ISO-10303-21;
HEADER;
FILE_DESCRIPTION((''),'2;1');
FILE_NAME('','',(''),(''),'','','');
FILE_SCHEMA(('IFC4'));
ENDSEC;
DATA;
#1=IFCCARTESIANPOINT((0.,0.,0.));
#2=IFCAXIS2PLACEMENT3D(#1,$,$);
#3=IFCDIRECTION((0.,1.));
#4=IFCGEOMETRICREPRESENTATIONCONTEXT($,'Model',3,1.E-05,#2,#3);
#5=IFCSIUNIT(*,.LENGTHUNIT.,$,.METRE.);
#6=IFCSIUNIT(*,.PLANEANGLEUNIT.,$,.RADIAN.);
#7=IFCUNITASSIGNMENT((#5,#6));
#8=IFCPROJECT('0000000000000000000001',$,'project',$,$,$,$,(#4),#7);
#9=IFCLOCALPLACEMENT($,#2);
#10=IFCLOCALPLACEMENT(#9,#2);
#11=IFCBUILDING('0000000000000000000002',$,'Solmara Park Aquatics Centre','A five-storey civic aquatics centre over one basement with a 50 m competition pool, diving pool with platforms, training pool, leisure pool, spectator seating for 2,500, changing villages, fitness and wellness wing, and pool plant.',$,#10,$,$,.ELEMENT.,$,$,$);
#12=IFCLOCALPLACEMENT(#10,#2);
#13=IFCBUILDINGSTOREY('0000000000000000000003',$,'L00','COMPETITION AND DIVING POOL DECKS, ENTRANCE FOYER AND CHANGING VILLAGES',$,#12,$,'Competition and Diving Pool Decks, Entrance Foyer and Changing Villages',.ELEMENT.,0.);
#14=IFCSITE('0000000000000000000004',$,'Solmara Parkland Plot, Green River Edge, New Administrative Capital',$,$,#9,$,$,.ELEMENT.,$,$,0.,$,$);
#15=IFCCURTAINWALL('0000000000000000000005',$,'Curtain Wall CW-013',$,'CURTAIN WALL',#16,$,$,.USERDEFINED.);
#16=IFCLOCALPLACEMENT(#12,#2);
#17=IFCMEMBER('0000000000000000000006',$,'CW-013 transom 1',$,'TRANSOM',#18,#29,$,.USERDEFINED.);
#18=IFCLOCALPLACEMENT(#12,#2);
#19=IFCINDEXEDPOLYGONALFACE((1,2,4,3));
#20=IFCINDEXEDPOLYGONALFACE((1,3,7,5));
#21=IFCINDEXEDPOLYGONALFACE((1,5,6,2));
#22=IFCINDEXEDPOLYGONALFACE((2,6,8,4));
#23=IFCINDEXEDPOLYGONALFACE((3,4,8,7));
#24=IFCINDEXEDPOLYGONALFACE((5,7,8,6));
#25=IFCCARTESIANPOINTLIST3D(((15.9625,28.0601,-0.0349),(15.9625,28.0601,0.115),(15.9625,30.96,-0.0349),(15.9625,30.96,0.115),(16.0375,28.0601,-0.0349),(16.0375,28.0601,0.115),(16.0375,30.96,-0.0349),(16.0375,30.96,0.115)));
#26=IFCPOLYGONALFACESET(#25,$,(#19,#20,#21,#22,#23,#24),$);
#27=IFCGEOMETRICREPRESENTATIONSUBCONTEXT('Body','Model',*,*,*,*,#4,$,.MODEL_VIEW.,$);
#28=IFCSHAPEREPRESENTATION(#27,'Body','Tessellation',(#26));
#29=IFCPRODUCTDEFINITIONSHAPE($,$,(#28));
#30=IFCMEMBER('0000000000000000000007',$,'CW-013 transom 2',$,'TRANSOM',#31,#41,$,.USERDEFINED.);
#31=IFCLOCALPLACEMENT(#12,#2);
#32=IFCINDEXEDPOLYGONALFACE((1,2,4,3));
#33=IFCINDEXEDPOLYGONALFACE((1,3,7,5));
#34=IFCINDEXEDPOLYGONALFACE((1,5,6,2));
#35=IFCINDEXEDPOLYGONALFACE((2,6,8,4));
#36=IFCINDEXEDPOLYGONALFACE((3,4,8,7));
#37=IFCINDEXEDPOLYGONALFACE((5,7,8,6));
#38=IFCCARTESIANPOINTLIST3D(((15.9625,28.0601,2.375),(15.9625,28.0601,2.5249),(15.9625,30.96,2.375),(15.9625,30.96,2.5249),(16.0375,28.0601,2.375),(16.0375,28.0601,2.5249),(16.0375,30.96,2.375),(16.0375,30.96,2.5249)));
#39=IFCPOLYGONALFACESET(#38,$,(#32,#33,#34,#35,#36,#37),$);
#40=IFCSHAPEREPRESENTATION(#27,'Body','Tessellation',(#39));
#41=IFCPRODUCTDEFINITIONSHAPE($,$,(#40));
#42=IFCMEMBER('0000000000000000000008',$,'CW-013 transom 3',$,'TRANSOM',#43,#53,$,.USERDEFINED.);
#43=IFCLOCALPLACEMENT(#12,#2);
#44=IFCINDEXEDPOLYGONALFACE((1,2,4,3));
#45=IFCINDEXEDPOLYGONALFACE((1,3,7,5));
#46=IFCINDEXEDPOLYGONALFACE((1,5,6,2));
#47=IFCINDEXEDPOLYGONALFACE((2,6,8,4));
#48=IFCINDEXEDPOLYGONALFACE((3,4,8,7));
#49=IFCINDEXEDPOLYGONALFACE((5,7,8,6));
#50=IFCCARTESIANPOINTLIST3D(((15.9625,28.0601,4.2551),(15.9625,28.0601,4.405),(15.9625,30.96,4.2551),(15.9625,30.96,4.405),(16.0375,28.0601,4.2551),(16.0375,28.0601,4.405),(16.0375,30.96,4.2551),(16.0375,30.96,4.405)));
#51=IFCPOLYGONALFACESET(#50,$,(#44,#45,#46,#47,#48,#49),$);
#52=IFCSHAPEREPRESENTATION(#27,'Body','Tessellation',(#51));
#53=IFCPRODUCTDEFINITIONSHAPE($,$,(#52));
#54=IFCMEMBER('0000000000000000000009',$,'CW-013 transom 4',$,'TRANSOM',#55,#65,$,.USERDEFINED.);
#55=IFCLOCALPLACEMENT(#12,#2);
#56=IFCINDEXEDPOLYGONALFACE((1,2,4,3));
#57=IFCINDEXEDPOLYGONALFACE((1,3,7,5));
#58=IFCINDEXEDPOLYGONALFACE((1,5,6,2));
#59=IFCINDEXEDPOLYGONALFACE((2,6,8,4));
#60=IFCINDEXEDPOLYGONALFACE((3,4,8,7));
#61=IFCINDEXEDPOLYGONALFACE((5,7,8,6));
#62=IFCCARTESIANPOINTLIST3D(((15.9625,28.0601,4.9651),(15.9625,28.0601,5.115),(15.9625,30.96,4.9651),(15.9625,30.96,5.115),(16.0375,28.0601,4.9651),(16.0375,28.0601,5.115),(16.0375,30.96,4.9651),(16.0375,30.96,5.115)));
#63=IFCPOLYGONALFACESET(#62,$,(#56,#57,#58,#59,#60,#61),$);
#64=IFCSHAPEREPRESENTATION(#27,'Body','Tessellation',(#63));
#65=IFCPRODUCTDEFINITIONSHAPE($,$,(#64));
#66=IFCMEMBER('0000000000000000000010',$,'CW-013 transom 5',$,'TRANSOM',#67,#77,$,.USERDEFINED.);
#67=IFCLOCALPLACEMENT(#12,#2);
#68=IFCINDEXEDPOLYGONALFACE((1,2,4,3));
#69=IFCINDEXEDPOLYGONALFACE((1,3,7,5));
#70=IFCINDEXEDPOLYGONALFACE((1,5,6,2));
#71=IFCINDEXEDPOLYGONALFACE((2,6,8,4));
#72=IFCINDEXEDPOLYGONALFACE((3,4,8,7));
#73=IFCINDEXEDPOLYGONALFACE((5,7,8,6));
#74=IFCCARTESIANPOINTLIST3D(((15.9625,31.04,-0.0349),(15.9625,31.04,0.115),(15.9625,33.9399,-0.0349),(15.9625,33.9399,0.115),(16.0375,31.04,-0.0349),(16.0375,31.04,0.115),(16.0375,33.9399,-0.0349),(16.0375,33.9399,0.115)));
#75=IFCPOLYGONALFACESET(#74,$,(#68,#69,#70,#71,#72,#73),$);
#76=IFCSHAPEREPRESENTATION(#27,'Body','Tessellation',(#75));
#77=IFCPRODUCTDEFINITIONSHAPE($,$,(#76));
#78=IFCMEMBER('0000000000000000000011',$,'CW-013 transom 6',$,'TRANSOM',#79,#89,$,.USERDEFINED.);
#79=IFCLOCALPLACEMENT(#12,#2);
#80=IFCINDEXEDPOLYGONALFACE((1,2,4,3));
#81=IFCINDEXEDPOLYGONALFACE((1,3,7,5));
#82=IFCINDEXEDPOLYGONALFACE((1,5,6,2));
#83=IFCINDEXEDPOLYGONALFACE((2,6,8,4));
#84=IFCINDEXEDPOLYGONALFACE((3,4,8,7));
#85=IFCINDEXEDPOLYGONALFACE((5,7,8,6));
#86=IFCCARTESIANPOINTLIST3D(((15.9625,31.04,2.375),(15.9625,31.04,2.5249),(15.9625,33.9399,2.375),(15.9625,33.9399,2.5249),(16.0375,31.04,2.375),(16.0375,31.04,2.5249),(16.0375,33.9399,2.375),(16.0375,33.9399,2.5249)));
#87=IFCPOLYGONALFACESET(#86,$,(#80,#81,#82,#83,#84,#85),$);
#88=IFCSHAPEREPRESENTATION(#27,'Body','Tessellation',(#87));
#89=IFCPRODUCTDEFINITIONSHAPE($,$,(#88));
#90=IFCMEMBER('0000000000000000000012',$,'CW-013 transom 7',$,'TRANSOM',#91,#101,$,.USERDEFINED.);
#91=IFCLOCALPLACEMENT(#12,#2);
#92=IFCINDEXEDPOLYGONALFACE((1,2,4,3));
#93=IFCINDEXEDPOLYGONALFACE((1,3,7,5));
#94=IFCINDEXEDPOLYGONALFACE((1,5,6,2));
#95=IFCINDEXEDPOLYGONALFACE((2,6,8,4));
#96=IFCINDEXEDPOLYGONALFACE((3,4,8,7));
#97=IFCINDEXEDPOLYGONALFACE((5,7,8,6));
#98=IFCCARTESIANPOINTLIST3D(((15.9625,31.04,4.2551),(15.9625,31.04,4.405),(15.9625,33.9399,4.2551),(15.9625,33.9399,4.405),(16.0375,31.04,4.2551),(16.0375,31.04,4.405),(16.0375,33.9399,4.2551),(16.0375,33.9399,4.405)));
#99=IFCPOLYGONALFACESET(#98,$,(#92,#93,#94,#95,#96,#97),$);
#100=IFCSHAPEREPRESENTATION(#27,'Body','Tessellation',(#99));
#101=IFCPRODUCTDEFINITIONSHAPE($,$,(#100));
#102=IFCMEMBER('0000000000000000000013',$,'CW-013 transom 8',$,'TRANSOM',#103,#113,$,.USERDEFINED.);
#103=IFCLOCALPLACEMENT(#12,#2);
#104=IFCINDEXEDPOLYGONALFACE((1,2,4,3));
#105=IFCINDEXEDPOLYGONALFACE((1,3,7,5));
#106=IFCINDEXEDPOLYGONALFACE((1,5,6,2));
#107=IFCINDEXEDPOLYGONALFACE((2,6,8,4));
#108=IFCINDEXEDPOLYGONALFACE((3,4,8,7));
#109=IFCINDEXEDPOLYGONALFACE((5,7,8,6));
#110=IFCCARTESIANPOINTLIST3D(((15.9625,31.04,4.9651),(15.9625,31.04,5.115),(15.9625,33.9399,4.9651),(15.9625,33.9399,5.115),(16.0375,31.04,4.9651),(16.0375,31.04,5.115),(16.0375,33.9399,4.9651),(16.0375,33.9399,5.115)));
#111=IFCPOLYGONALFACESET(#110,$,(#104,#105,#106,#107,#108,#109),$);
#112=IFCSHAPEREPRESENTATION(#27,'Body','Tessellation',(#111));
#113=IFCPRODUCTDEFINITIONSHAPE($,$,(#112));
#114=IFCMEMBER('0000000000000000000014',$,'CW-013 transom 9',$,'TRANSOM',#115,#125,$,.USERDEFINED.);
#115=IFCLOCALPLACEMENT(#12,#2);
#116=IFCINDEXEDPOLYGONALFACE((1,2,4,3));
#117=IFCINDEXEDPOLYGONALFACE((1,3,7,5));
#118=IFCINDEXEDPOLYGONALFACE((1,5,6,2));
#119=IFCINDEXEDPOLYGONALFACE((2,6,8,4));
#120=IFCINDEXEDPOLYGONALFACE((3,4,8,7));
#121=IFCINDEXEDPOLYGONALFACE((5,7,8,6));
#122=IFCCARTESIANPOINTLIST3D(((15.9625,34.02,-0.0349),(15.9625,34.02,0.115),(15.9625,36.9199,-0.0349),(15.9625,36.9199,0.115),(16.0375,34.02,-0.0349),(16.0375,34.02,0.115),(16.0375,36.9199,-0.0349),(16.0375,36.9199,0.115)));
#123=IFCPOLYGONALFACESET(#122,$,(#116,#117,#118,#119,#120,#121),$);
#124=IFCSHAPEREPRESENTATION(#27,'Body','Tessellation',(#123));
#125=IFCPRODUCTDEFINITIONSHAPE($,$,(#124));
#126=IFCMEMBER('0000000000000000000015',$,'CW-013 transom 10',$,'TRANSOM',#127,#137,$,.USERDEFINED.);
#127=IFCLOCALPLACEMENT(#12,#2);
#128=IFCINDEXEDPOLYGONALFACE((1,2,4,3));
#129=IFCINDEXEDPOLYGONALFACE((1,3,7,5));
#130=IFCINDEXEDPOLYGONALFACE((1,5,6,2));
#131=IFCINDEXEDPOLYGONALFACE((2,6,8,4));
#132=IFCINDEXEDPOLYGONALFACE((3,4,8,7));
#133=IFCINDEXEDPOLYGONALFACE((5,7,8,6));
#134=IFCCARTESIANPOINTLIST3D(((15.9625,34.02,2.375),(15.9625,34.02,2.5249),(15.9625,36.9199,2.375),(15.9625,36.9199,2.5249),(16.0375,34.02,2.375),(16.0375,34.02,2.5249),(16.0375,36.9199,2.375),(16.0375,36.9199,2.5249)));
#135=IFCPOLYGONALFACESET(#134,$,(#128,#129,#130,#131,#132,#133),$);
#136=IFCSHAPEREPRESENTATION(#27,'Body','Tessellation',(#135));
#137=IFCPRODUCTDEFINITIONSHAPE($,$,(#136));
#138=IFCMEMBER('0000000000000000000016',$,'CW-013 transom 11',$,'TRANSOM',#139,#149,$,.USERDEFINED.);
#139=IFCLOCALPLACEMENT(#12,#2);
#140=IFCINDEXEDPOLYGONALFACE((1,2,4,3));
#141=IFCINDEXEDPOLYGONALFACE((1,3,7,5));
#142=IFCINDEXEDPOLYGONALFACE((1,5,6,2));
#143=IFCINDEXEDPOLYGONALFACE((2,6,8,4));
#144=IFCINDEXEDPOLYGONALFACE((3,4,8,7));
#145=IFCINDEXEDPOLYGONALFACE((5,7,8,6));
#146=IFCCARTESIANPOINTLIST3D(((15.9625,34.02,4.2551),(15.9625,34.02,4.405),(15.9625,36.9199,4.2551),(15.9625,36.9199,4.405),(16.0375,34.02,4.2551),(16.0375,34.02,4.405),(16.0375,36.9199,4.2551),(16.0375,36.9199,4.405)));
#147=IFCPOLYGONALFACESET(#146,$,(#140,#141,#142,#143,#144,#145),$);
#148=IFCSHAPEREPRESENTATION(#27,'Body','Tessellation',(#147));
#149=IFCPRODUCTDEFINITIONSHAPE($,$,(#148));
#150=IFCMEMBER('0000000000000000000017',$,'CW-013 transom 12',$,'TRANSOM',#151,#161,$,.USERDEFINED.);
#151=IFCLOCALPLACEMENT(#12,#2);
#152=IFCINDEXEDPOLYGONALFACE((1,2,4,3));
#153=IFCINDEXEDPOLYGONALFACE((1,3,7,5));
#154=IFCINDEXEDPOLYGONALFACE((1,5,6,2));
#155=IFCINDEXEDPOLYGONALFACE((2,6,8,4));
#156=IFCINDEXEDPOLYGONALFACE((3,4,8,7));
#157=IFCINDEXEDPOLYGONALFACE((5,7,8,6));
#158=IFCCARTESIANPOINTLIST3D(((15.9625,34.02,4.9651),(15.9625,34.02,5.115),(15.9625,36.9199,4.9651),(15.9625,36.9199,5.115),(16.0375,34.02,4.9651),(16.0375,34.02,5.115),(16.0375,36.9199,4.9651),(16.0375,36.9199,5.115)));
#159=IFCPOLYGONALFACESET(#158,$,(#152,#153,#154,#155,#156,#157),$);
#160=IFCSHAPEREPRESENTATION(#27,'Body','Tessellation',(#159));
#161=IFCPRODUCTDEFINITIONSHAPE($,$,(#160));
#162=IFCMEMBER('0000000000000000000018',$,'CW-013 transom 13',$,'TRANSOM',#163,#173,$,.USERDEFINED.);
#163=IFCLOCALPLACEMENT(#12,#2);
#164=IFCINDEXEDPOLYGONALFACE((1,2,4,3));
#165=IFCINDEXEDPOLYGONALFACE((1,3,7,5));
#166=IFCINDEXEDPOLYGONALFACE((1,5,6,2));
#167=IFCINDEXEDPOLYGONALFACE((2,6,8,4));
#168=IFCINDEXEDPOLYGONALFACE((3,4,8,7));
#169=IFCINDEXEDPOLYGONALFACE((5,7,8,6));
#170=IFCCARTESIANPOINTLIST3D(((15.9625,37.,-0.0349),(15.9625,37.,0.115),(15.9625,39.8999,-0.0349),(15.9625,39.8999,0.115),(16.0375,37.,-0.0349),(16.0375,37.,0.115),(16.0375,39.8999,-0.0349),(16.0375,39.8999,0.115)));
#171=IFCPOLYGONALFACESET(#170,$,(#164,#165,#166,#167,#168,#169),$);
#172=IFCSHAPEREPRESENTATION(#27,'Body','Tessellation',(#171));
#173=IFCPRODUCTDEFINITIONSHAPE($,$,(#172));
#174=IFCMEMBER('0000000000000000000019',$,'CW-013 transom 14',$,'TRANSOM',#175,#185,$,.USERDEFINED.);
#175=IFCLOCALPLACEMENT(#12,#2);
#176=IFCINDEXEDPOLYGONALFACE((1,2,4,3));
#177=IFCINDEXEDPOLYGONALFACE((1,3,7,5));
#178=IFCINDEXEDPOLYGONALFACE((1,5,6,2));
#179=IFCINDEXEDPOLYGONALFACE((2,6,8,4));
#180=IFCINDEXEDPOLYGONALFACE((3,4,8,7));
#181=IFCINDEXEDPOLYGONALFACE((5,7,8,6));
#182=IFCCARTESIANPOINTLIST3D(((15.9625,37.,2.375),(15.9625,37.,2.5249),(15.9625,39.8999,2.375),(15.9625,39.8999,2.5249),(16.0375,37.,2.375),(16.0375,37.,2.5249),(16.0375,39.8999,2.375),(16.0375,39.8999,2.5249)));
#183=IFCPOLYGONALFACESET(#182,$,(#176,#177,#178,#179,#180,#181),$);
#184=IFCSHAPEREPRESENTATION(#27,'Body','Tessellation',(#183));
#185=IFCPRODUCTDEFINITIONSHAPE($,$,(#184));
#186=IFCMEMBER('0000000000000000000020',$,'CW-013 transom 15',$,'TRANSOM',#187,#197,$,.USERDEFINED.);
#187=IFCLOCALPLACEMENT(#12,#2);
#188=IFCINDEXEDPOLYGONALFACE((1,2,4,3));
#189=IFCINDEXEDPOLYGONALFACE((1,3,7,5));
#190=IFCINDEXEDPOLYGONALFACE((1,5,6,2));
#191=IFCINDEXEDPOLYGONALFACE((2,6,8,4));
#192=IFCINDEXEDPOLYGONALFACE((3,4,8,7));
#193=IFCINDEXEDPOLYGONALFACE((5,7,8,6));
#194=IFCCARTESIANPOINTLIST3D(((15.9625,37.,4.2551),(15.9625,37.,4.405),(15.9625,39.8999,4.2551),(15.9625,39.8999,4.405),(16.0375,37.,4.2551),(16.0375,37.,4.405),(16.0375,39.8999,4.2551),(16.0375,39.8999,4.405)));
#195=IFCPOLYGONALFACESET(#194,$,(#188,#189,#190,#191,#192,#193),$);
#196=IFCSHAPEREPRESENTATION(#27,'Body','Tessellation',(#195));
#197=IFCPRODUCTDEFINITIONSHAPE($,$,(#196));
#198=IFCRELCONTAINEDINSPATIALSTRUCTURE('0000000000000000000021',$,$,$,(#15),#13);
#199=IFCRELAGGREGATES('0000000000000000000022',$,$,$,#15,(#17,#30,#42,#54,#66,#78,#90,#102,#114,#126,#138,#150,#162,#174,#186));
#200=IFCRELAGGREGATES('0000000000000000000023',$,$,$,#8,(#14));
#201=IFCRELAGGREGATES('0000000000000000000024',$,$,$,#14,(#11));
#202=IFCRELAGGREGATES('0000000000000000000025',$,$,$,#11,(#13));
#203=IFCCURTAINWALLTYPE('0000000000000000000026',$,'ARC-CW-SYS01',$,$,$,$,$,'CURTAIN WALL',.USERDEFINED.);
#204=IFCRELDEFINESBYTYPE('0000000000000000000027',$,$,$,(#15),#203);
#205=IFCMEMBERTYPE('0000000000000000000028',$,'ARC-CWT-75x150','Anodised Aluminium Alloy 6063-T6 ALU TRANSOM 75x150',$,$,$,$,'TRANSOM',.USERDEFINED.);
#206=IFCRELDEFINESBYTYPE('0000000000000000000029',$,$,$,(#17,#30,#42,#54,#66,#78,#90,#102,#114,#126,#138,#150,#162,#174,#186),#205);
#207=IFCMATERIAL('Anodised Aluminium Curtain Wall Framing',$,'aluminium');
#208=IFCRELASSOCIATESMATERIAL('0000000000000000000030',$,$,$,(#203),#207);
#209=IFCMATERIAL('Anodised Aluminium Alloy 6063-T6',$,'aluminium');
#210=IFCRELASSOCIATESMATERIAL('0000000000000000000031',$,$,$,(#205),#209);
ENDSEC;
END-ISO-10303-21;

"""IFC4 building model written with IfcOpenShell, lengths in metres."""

from ifc_helpers import new_model, si_unit, direction, frame, origin, origin_2d, place, context, subcontext, project, spatial, rectangle, extrude, material, material_profile, profile_set, type_object, element, aggregate, save


model = new_model("IFC4")

# Units and contexts
model_context = context("Model", 3, precision=1e-05, world=origin(), true_north=direction((0.0, 1.0)))
body_context = subcontext(model_context, "Body", "Model", "MODEL_VIEW")
ifc_project = project(units=[si_unit("LENGTHUNIT", "METRE"), si_unit("PLANEANGLEUNIT", "RADIAN")], contexts=[model_context])

# Site, building, storey
site_placement = place(None, origin())
site = spatial("IfcSite", under=ifc_project, at=site_placement, Name="Solmara Parkland Plot, Green River Edge, New Administrative Capital", CompositionType="ELEMENT", RefElevation=0.0)
building_placement = place(site_placement, origin())
building = spatial("IfcBuilding", under=site, at=building_placement, Name="Solmara Park Aquatics Centre", Description="A five-storey civic aquatics centre over one basement with a 50 m competition pool, diving pool with platforms, training pool, leisure pool, spectator seating for 2,500, changing villages, fitness and wellness wing, and pool plant.", CompositionType="ELEMENT")
storey_placement = place(building_placement, origin())
storey = spatial("IfcBuildingStorey", under=building, at=storey_placement, Name="L00", Description="COMPETITION AND DIVING POOL DECKS, ENTRANCE FOYER AND CHANGING VILLAGES", LongName="Competition and Diving Pool Decks, Entrance Foyer and Changing Villages", CompositionType="ELEMENT", Elevation=0.0)

# Curtain wall, members
ifc_material_1 = material(Name="Anodised Aluminium Curtain Wall Framing", Category="aluminium")
curtain_wall_type = type_object("IfcCurtainWallType", Name="ARC-CW-SYS01", ElementType="CURTAIN WALL", PredefinedType="USERDEFINED", material=ifc_material_1)
curtain_wall_placement = place(storey_placement, origin())
curtain_wall = element("IfcCurtainWall", 1, at=curtain_wall_placement, inside=storey, type_object=curtain_wall_type, Name="Curtain Wall CW-013", ObjectType="CURTAIN WALL", PredefinedType="USERDEFINED")
ifc_material_2 = material(Name="Anodised Aluminium Alloy 6063-T6", Category="aluminium")
ifc_material_profile_1 = material_profile(ifc_material_2, rectangle(XDim=0.075, YDim=0.1499, at=origin_2d()), Name="ALU TRANSOM 75x150")
ifc_profile_set_1 = profile_set([ifc_material_profile_1], Name="Anodised Aluminium Alloy 6063-T6")
member_type_1 = type_object("IfcMemberType", Name="ARC-CWT-75x150", Description="Anodised Aluminium Alloy 6063-T6 ALU TRANSOM 75x150", ElementType="TRANSOM", PredefinedType="USERDEFINED", material=ifc_profile_set_1)
member_1_placement = place(storey_placement, frame((16.0, 28.0601, 0.04), z_axis=(0.0, 1.0, 0.0), x_axis=(-1.0, 0.0, 0.0)))
member_1 = element("IfcMember", 2, at=member_1_placement, type_object=member_type_1, Name="CW-013 transom 1", ObjectType="TRANSOM", PredefinedType="USERDEFINED", context=body_context, shape_type="SweptSolid", body=[
    extrude(rectangle(XDim=0.075, YDim=0.1499, at=origin_2d()), origin(), (0.0, 0.0, 1.0), 2.8999),
])
member_2_placement = place(storey_placement, frame((16.0, 28.0601, 2.45), z_axis=(0.0, 1.0, 0.0), x_axis=(-1.0, 0.0, 0.0)))
member_2 = element("IfcMember", 3, at=member_2_placement, type_object=member_type_1, Name="CW-013 transom 2", ObjectType="TRANSOM", PredefinedType="USERDEFINED", context=body_context, shape_type="SweptSolid", body=[
    extrude(rectangle(XDim=0.075, YDim=0.1499, at=origin_2d()), origin(), (0.0, 0.0, 1.0), 2.8999),
])
member_3_placement = place(storey_placement, frame((16.0, 28.0601, 4.3301), z_axis=(0.0, 1.0, 0.0), x_axis=(-1.0, 0.0, 0.0)))
member_3 = element("IfcMember", 4, at=member_3_placement, type_object=member_type_1, Name="CW-013 transom 3", ObjectType="TRANSOM", PredefinedType="USERDEFINED", context=body_context, shape_type="SweptSolid", body=[
    extrude(rectangle(XDim=0.075, YDim=0.1499, at=origin_2d()), origin(), (0.0, 0.0, 1.0), 2.8999),
])
member_4_placement = place(storey_placement, frame((16.0, 28.0601, 5.04), z_axis=(0.0, 1.0, 0.0), x_axis=(-1.0, 0.0, 0.0)))
member_4 = element("IfcMember", 5, at=member_4_placement, type_object=member_type_1, Name="CW-013 transom 4", ObjectType="TRANSOM", PredefinedType="USERDEFINED", context=body_context, shape_type="SweptSolid", body=[
    extrude(rectangle(XDim=0.075, YDim=0.1499, at=origin_2d()), origin(), (0.0, 0.0, 1.0), 2.8999),
])
member_5_placement = place(storey_placement, frame((16.0, 31.04, 0.04), z_axis=(0.0, 1.0, 0.0), x_axis=(-1.0, 0.0, 0.0)))
member_5 = element("IfcMember", 6, at=member_5_placement, type_object=member_type_1, Name="CW-013 transom 5", ObjectType="TRANSOM", PredefinedType="USERDEFINED", context=body_context, shape_type="SweptSolid", body=[
    extrude(rectangle(XDim=0.075, YDim=0.1499, at=origin_2d()), origin(), (0.0, 0.0, 1.0), 2.8999),
])
member_6_placement = place(storey_placement, frame((16.0, 31.04, 2.45), z_axis=(0.0, 1.0, 0.0), x_axis=(-1.0, 0.0, 0.0)))
member_6 = element("IfcMember", 7, at=member_6_placement, type_object=member_type_1, Name="CW-013 transom 6", ObjectType="TRANSOM", PredefinedType="USERDEFINED", context=body_context, shape_type="SweptSolid", body=[
    extrude(rectangle(XDim=0.075, YDim=0.1499, at=origin_2d()), origin(), (0.0, 0.0, 1.0), 2.8999),
])
member_7_placement = place(storey_placement, frame((16.0, 31.04, 4.3301), z_axis=(0.0, 1.0, 0.0), x_axis=(-1.0, 0.0, 0.0)))
member_7 = element("IfcMember", 8, at=member_7_placement, type_object=member_type_1, Name="CW-013 transom 7", ObjectType="TRANSOM", PredefinedType="USERDEFINED", context=body_context, shape_type="SweptSolid", body=[
    extrude(rectangle(XDim=0.075, YDim=0.1499, at=origin_2d()), origin(), (0.0, 0.0, 1.0), 2.8999),
])
member_8_placement = place(storey_placement, frame((16.0, 31.04, 5.04), z_axis=(0.0, 1.0, 0.0), x_axis=(-1.0, 0.0, 0.0)))
member_8 = element("IfcMember", 9, at=member_8_placement, type_object=member_type_1, Name="CW-013 transom 8", ObjectType="TRANSOM", PredefinedType="USERDEFINED", context=body_context, shape_type="SweptSolid", body=[
    extrude(rectangle(XDim=0.075, YDim=0.1499, at=origin_2d()), origin(), (0.0, 0.0, 1.0), 2.8999),
])
member_9_placement = place(storey_placement, frame((16.0, 34.02, 0.04), z_axis=(0.0, 1.0, 0.0), x_axis=(-1.0, 0.0, 0.0)))
member_9 = element("IfcMember", 10, at=member_9_placement, type_object=member_type_1, Name="CW-013 transom 9", ObjectType="TRANSOM", PredefinedType="USERDEFINED", context=body_context, shape_type="SweptSolid", body=[
    extrude(rectangle(XDim=0.075, YDim=0.1499, at=origin_2d()), origin(), (0.0, 0.0, 1.0), 2.8999),
])
member_10_placement = place(storey_placement, frame((16.0, 34.02, 2.45), z_axis=(0.0, 1.0, 0.0), x_axis=(-1.0, 0.0, 0.0)))
member_10 = element("IfcMember", 11, at=member_10_placement, type_object=member_type_1, Name="CW-013 transom 10", ObjectType="TRANSOM", PredefinedType="USERDEFINED", context=body_context, shape_type="SweptSolid", body=[
    extrude(rectangle(XDim=0.075, YDim=0.1499, at=origin_2d()), origin(), (0.0, 0.0, 1.0), 2.8999),
])
member_11_placement = place(storey_placement, frame((16.0, 34.02, 4.3301), z_axis=(0.0, 1.0, 0.0), x_axis=(-1.0, 0.0, 0.0)))
member_11 = element("IfcMember", 12, at=member_11_placement, type_object=member_type_1, Name="CW-013 transom 11", ObjectType="TRANSOM", PredefinedType="USERDEFINED", context=body_context, shape_type="SweptSolid", body=[
    extrude(rectangle(XDim=0.075, YDim=0.1499, at=origin_2d()), origin(), (0.0, 0.0, 1.0), 2.8999),
])
member_12_placement = place(storey_placement, frame((16.0, 34.02, 5.04), z_axis=(0.0, 1.0, 0.0), x_axis=(-1.0, 0.0, 0.0)))
member_12 = element("IfcMember", 13, at=member_12_placement, type_object=member_type_1, Name="CW-013 transom 12", ObjectType="TRANSOM", PredefinedType="USERDEFINED", context=body_context, shape_type="SweptSolid", body=[
    extrude(rectangle(XDim=0.075, YDim=0.1499, at=origin_2d()), origin(), (0.0, 0.0, 1.0), 2.8999),
])
member_13_placement = place(storey_placement, frame((16.0, 37.0, 0.04), z_axis=(0.0, 1.0, 0.0), x_axis=(-1.0, 0.0, 0.0)))
member_13 = element("IfcMember", 14, at=member_13_placement, type_object=member_type_1, Name="CW-013 transom 13", ObjectType="TRANSOM", PredefinedType="USERDEFINED", context=body_context, shape_type="SweptSolid", body=[
    extrude(rectangle(XDim=0.075, YDim=0.1499, at=origin_2d()), origin(), (0.0, 0.0, 1.0), 2.8999),
])
member_14_placement = place(storey_placement, frame((16.0, 37.0, 2.45), z_axis=(0.0, 1.0, 0.0), x_axis=(-1.0, 0.0, 0.0)))
member_14 = element("IfcMember", 15, at=member_14_placement, type_object=member_type_1, Name="CW-013 transom 14", ObjectType="TRANSOM", PredefinedType="USERDEFINED", context=body_context, shape_type="SweptSolid", body=[
    extrude(rectangle(XDim=0.075, YDim=0.1499, at=origin_2d()), origin(), (0.0, 0.0, 1.0), 2.8999),
])
member_15_placement = place(storey_placement, frame((16.0, 37.0, 4.3301), z_axis=(0.0, 1.0, 0.0), x_axis=(-1.0, 0.0, 0.0)))
member_15 = element("IfcMember", 16, at=member_15_placement, type_object=member_type_1, Name="CW-013 transom 15", ObjectType="TRANSOM", PredefinedType="USERDEFINED", context=body_context, shape_type="SweptSolid", body=[
    extrude(rectangle(XDim=0.075, YDim=0.1499, at=origin_2d()), origin(), (0.0, 0.0, 1.0), 2.8999),
])

aggregate(curtain_wall, [member_1, member_2, member_3, member_4, member_5, member_6, member_7, member_8, member_9, member_10, member_11, member_12, member_13, member_14, member_15])

save(model, "model.ifc")
